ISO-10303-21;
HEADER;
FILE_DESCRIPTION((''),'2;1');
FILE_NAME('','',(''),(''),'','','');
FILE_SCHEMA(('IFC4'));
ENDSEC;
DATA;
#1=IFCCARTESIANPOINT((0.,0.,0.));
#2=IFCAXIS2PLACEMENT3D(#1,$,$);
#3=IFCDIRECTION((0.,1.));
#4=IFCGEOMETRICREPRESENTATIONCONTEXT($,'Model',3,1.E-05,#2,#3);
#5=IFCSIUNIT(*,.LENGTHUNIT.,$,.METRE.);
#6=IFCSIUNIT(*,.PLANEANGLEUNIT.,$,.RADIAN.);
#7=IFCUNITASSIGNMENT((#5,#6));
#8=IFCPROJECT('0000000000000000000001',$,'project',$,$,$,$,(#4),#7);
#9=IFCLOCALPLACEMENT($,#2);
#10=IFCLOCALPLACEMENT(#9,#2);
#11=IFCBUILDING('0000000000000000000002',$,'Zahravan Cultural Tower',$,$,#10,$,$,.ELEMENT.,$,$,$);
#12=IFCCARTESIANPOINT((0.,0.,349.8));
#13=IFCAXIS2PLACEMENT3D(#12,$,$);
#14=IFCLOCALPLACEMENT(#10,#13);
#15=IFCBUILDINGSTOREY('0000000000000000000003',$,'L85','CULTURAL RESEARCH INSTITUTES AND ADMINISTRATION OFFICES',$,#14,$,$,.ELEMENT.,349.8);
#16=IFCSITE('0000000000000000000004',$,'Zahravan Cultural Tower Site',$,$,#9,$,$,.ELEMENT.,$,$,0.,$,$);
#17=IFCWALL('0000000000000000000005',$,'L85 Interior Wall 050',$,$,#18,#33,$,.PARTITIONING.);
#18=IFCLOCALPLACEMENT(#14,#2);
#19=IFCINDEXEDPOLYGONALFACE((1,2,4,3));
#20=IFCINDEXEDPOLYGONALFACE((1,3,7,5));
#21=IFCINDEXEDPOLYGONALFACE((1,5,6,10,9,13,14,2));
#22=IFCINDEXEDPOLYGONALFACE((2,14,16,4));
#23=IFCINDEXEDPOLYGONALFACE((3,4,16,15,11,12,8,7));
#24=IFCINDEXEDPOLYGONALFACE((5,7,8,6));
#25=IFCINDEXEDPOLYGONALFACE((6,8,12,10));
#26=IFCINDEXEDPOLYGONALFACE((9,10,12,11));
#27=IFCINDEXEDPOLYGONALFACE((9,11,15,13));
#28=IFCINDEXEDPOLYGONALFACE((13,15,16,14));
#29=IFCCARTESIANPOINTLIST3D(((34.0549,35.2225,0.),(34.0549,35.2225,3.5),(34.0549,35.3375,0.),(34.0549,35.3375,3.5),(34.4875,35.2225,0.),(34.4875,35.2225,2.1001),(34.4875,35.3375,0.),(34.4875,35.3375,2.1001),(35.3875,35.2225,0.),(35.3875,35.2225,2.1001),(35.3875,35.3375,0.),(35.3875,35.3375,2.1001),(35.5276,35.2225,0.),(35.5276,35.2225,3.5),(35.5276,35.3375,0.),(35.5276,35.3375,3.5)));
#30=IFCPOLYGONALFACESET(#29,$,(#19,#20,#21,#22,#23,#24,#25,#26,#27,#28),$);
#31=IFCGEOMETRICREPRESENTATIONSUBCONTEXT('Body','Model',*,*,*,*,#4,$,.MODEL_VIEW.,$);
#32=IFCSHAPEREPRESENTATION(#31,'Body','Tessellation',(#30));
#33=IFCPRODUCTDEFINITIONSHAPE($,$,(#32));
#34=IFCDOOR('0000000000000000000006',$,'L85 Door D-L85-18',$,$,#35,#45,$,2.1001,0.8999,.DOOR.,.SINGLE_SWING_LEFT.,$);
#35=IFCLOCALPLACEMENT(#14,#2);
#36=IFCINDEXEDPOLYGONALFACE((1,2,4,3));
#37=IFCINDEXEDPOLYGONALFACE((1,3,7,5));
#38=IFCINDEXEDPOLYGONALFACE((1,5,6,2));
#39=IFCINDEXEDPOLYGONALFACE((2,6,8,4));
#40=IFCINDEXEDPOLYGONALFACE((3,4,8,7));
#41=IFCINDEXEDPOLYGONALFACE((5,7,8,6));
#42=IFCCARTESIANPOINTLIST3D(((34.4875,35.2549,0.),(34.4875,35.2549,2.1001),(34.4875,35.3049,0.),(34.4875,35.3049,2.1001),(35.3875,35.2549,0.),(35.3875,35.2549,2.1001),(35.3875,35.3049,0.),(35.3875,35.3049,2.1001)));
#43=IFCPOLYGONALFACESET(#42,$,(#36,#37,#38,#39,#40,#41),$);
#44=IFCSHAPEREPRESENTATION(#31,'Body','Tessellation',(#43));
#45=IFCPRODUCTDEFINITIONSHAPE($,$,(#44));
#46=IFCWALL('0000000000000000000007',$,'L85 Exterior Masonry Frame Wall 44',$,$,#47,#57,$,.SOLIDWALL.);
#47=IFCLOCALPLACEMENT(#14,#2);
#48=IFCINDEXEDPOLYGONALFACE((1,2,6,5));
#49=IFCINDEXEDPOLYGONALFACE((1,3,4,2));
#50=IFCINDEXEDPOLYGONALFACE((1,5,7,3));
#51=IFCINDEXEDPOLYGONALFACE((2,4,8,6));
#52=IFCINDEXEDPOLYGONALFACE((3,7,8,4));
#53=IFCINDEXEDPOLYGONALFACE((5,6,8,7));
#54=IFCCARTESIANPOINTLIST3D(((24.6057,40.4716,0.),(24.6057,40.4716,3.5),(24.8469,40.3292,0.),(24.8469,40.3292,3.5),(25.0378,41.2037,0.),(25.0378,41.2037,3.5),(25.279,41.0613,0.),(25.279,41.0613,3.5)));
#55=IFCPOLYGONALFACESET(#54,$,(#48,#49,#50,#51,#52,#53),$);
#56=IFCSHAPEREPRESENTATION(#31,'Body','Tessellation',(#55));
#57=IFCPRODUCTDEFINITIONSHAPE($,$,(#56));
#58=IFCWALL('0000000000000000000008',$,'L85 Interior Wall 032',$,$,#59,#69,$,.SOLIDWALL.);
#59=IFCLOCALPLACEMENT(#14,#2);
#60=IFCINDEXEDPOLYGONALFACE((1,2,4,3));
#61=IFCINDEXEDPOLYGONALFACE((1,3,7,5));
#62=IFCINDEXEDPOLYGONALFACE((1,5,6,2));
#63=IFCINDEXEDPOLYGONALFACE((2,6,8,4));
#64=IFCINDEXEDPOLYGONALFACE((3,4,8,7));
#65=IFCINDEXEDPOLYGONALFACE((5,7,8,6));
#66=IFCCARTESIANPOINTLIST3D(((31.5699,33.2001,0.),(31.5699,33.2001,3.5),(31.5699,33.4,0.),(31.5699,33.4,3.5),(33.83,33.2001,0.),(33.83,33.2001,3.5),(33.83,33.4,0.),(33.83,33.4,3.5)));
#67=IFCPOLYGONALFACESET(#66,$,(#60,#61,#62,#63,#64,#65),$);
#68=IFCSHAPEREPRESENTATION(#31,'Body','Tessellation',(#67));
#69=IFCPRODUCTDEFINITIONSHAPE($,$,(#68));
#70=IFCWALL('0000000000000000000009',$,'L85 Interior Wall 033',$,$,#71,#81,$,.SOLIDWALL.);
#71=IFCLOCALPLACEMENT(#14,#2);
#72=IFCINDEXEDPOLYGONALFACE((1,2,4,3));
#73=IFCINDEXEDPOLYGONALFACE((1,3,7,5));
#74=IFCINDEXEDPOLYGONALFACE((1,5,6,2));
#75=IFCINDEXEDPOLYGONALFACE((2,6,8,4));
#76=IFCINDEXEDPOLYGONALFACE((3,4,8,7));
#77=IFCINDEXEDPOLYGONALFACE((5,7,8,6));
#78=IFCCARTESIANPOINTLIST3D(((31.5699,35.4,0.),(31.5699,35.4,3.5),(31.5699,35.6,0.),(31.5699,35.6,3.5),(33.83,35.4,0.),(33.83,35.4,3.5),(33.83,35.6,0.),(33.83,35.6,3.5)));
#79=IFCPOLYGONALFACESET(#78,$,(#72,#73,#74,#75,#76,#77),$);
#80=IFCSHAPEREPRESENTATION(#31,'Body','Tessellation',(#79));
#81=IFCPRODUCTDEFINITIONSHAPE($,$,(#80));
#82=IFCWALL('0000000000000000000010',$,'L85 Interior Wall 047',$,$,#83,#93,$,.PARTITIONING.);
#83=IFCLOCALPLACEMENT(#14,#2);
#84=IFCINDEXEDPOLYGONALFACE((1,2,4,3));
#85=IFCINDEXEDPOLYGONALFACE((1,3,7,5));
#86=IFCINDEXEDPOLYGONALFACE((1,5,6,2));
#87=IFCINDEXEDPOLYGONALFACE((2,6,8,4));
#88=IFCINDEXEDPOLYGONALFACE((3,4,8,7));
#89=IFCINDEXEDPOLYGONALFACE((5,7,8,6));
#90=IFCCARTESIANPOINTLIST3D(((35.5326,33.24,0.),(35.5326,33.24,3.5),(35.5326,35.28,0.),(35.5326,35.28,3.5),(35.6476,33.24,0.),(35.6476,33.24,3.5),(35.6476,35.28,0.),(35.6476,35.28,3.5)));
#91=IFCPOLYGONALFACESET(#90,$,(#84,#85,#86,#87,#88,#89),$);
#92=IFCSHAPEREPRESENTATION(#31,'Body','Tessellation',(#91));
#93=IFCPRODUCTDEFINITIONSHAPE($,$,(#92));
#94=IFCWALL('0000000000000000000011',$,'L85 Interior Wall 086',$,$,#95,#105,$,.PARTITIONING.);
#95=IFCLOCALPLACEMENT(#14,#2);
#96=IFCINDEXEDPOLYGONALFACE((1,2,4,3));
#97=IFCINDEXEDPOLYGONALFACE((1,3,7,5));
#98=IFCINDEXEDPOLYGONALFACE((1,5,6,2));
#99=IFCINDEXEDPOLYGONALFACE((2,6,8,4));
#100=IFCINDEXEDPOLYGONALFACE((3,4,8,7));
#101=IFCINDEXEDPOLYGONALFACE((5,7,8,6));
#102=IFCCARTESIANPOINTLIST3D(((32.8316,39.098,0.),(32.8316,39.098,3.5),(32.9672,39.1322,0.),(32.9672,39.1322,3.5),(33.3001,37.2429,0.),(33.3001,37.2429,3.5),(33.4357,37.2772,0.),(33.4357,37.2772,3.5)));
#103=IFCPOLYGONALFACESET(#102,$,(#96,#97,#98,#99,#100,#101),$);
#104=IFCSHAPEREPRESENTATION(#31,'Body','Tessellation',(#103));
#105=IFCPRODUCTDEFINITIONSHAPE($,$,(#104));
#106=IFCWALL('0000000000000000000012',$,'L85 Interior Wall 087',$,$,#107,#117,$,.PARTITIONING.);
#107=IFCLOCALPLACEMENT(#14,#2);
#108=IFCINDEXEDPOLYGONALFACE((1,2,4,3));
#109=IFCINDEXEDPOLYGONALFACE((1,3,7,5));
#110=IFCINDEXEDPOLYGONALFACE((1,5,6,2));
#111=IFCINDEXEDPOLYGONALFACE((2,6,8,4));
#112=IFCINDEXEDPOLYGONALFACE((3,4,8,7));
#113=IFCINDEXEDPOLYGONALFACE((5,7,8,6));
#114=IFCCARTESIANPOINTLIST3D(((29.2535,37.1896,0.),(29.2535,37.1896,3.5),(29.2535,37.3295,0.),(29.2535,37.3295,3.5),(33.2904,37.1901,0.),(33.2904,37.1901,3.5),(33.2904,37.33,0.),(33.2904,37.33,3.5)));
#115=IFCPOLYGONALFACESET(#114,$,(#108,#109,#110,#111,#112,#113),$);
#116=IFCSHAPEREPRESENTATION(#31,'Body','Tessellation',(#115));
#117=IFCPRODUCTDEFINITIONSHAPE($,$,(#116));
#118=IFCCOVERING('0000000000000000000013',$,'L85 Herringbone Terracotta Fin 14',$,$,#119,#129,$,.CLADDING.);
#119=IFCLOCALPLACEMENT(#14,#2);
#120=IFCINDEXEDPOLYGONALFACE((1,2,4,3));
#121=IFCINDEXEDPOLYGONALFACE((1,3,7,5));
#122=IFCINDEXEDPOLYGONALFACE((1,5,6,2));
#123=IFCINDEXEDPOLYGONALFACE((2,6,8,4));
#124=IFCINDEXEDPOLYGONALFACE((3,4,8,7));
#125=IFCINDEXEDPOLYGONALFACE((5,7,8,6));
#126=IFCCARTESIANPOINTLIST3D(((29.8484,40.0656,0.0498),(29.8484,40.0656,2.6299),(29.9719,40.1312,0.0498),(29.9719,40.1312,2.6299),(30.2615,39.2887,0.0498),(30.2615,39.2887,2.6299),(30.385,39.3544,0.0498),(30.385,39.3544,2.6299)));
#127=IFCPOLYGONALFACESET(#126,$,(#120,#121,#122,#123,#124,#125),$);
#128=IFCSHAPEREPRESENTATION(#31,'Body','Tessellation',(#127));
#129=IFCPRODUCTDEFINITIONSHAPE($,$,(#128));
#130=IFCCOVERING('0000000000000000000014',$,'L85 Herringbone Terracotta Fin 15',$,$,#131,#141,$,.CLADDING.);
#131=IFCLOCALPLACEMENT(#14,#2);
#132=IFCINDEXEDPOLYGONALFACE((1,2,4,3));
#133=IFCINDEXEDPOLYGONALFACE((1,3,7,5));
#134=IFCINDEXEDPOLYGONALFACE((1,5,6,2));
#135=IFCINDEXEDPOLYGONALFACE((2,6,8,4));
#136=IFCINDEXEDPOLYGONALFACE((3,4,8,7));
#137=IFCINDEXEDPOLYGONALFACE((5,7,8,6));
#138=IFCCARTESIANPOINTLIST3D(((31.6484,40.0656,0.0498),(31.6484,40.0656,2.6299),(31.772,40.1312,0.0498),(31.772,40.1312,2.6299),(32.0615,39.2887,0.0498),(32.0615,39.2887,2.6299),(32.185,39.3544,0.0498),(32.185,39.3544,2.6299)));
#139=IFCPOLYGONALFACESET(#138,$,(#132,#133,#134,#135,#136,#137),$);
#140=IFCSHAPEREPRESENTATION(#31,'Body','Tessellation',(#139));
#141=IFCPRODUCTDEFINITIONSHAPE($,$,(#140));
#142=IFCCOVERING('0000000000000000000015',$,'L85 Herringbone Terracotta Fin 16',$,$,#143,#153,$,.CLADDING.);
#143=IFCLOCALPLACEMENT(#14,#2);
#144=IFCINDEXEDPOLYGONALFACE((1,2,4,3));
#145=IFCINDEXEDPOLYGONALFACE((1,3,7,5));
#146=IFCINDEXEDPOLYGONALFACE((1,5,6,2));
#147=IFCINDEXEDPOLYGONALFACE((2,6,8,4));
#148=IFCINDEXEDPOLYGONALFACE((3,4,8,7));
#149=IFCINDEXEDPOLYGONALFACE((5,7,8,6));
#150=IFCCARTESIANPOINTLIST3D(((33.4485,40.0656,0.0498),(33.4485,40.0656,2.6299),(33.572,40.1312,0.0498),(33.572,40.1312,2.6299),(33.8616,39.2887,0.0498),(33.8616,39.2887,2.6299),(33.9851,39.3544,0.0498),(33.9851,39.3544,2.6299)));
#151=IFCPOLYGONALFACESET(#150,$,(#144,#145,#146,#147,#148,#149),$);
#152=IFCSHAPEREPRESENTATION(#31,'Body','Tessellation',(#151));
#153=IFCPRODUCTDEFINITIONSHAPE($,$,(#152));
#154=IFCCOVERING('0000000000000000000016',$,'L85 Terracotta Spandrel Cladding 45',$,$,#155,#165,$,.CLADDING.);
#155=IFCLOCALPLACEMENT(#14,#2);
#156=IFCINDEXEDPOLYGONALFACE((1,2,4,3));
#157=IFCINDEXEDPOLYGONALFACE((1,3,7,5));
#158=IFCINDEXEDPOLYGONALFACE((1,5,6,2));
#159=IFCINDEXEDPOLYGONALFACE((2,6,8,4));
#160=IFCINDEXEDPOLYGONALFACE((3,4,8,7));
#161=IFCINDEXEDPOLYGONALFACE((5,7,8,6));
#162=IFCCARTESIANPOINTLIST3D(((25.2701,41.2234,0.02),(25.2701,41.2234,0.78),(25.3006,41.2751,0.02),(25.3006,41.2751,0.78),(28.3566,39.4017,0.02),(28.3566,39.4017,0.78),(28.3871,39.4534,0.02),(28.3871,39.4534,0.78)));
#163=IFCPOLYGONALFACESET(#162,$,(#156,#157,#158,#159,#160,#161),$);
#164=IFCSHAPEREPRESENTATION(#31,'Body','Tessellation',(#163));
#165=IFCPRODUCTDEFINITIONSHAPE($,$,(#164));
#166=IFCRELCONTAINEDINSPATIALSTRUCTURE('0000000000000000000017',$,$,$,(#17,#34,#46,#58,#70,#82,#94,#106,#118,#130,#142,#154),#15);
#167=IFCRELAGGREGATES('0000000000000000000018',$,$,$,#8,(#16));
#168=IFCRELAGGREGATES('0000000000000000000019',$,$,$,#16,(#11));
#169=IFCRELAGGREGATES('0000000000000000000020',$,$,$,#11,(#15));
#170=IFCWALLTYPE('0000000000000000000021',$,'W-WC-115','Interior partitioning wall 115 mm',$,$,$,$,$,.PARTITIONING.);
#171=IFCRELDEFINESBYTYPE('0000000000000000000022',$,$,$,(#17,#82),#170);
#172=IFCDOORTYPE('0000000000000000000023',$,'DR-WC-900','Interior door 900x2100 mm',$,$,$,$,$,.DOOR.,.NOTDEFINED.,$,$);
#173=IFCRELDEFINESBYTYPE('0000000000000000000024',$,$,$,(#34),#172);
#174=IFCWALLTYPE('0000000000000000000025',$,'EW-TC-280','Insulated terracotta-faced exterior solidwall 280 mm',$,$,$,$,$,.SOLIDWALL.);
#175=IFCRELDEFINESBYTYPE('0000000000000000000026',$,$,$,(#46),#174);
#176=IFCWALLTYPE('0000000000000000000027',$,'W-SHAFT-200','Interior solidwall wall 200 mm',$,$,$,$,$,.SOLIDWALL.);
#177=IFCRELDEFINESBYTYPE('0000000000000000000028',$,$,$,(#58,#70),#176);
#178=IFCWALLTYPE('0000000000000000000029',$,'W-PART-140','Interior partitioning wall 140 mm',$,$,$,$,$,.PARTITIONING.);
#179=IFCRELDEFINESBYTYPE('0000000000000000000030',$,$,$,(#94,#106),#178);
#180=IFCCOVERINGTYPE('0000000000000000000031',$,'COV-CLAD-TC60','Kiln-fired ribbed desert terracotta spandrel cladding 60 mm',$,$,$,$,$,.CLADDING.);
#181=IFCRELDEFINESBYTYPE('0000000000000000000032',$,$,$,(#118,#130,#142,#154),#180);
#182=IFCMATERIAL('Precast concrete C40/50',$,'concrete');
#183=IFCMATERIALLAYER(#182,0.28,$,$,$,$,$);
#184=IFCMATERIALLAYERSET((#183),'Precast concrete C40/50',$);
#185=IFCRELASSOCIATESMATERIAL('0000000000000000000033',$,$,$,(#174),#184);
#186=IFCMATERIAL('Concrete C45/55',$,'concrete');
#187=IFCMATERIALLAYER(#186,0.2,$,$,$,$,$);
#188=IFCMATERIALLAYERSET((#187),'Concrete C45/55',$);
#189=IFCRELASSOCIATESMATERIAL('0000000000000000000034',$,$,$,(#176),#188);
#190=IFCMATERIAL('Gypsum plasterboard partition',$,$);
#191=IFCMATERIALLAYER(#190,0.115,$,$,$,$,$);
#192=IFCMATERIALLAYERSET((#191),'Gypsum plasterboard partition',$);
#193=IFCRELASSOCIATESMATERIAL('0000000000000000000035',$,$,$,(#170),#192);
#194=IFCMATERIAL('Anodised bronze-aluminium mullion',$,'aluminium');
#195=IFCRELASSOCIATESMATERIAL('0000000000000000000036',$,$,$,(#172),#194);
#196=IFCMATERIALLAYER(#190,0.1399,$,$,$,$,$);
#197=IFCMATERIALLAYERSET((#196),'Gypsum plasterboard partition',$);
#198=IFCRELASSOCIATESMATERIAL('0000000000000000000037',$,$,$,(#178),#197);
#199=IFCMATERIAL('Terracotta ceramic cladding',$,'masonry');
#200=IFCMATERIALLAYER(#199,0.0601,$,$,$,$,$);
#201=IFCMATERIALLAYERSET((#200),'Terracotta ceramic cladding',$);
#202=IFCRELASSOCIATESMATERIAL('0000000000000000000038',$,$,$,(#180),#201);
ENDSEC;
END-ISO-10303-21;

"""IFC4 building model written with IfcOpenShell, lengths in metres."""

from ifc_helpers import new_model, si_unit, direction, frame, frame_2d, origin, origin_2d, place, context, subcontext, project, spatial, rectangle, extrude, source, transform, mapped, material, layer, layer_set, type_object, element, fill, save


model = new_model("IFC4")

# Units and contexts
model_context = context("Model", 3, precision=1e-05, world=origin(), true_north=direction((0.0, 1.0)))
body_context = subcontext(model_context, "Body", "Model", "MODEL_VIEW")
ifc_project = project(units=[si_unit("LENGTHUNIT", "METRE"), si_unit("PLANEANGLEUNIT", "RADIAN")], contexts=[model_context])

# Site, building, storey
site_placement = place(None, origin())
site = spatial("IfcSite", under=ifc_project, at=site_placement, Name="Zahravan Cultural Tower Site", CompositionType="ELEMENT", RefElevation=0.0)
building_placement = place(site_placement, origin())
building = spatial("IfcBuilding", under=site, at=building_placement, Name="Zahravan Cultural Tower", CompositionType="ELEMENT")
storey_placement = place(building_placement, frame((0.0, 0.0, 349.8)))
storey = spatial("IfcBuildingStorey", under=building, at=storey_placement, Name="L85", Description="CULTURAL RESEARCH INSTITUTES AND ADMINISTRATION OFFICES", CompositionType="ELEMENT", Elevation=349.8)

# Shared definitions
ifc_material_1 = material(Name="Precast concrete C40/50", Category="concrete")
ifc_layer_1 = layer(ifc_material_1, 0.28)
ifc_layer_set_1 = layer_set([ifc_layer_1], Name="Precast concrete C40/50")
wall_type_1 = type_object("IfcWallType", Name="EW-TC-280", Description="Insulated terracotta-faced exterior solidwall 280 mm", PredefinedType="SOLIDWALL", material=ifc_layer_set_1)

# Wall, opening, door
ifc_material_2 = material(Name="Concrete C45/55", Category="concrete")
ifc_layer_2 = layer(ifc_material_2, 0.2)
ifc_layer_set_2 = layer_set([ifc_layer_2], Name="Concrete C45/55")
wall_type_2 = type_object("IfcWallType", Name="W-SHAFT-200", Description="Interior solidwall wall 200 mm", PredefinedType="SOLIDWALL", material=ifc_layer_set_2)
ifc_material_3 = material(Name="Gypsum plasterboard partition")
ifc_layer_3 = layer(ifc_material_3, 0.115)
ifc_layer_set_3 = layer_set([ifc_layer_3], Name="Gypsum plasterboard partition")
wall_type_3 = type_object("IfcWallType", Name="W-WC-115", Description="Interior partitioning wall 115 mm", PredefinedType="PARTITIONING", material=ifc_layer_set_3)
ifc_material_4 = material(Name="Anodised bronze-aluminium mullion", Category="aluminium")
door_type_1 = type_object("IfcDoorType", Name="DR-WC-900", Description="Interior door 900x2100 mm", OperationType="NOTDEFINED", PredefinedType="DOOR", material=ifc_material_4)
shared_shape_1 = source(origin(), body_context, "Body", "SweptSolid", [
    extrude(rectangle(XDim=0.8999, YDim=2.1001, at=frame_2d((0.45, 1.05))), frame((0.0, 0.0249, 0.0), z_axis=(0.0, -1.0, 0.0), x_axis=(1.0, 0.0, 0.0)), (0.0, 0.0, 1.0), 0.05),
])
wall_1_placement = place(storey_placement, frame((34.0549, 35.28, 0.0), z_axis=(0.0, 0.0, 1.0), x_axis=(1.0, 0.0, 0.0)))
wall_1 = element("IfcWall", 1, at=wall_1_placement, inside=storey, type_object=wall_type_3, Name="L85 Interior Wall 050", PredefinedType="PARTITIONING", context=body_context, shape_type="SweptSolid", body=[
    extrude(rectangle(XDim=1.4727, YDim=0.115, at=frame_2d((0.7363, 0.0))), origin(), (0.0, 0.0, 1.0), 3.5),
])
opening_1_placement = place(wall_1_placement, frame((0.4326, 0.0, 0.0)))
opening_1 = element("IfcOpeningElement", 2, at=opening_1_placement, cuts=wall_1, PredefinedType="OPENING", context=body_context, shape_type="SweptSolid", body=[
    extrude(rectangle(XDim=0.8999, YDim=2.1001, at=frame_2d((0.45, 1.05))), frame((0.0, 0.0674, 0.0), z_axis=(0.0, -1.0, 0.0), x_axis=(1.0, 0.0, 0.0)), (0.0, 0.0, 1.0), 0.135),
])
door_1_placement = place(opening_1_placement, origin())
door_1 = element("IfcDoor", 3, at=door_1_placement, inside=storey, type_object=door_type_1, Name="L85 Door D-L85-18", OperationType="SINGLE_SWING_LEFT", OverallHeight=2.1001, OverallWidth=0.8999, PredefinedType="DOOR", context=body_context, shape_type="MappedRepresentation", body=[
    mapped(shared_shape_1, transform((0.0, 0.0, 0.0), x_axis=(1.0, 0.0, 0.0), y_axis=(0.0, 1.0, 0.0), z_axis=(0.0, 0.0, 1.0), scale=1.0)),
])
fill(opening_1, door_1)

# Walls
shared_shape_2 = source(origin(), body_context, "Body", "SweptSolid", [
    extrude(rectangle(XDim=0.8501, YDim=0.28, at=frame_2d((0.425, 0.0))), origin(), (0.0, 0.0, 1.0), 3.5),
])
wall_2_placement = place(storey_placement, frame((24.7263, 40.4004, 0.0), z_axis=(0.0, 0.0, 1.0), x_axis=(0.508275, 0.861195, 0.0)))
element("IfcWall", 4, at=wall_2_placement, inside=storey, type_object=wall_type_1, Name="L85 Exterior Masonry Frame Wall 44", PredefinedType="SOLIDWALL", context=body_context, shape_type="MappedRepresentation", body=[
    mapped(shared_shape_2, transform((0.0, 0.0, 0.0), x_axis=(1.0, 0.0, 0.0), y_axis=(0.0, 1.0, 0.0), z_axis=(0.0, 0.0, 1.0), scale=1.0)),
])
shared_shape_3 = source(origin(), body_context, "Body", "SweptSolid", [
    extrude(rectangle(XDim=2.26, YDim=0.2, at=frame_2d((1.1299, 0.0))), origin(), (0.0, 0.0, 1.0), 3.5),
])
for number, where, z_axis, x_axis, name in (
    (5, (31.5701, 33.3, 0.0), (0.0, 0.0, 1.0), (1.0, 0.0, 0.0), "L85 Interior Wall 032"),
    (6, (31.5701, 35.5, 0.0), (0.0, 0.0, 1.0), (1.0, 0.0, 0.0), "L85 Interior Wall 033"),
):
    element("IfcWall", number, at=place(storey_placement, frame(where, z_axis=z_axis, x_axis=x_axis)), inside=storey, type_object=wall_type_2, Name=name, PredefinedType="SOLIDWALL", context=body_context, shape_type="MappedRepresentation", body=[
        mapped(shared_shape_3, transform((0.0, 0.0, 0.0), x_axis=(1.0, 0.0, 0.0), y_axis=(0.0, 1.0, 0.0), z_axis=(0.0, 0.0, 1.0), scale=1.0)),
    ])
shared_shape_4 = source(origin(), body_context, "Body", "SweptSolid", [
    extrude(rectangle(XDim=2.04, YDim=0.115, at=frame_2d((1.02, 0.0))), origin(), (0.0, 0.0, 1.0), 3.5),
])
wall_3_placement = place(storey_placement, frame((35.5901, 33.24, 0.0), z_axis=(0.0, 0.0, 1.0), x_axis=(0.0, 1.0, 0.0)))
element("IfcWall", 7, at=wall_3_placement, inside=storey, type_object=wall_type_3, Name="L85 Interior Wall 047", PredefinedType="PARTITIONING", context=body_context, shape_type="MappedRepresentation", body=[
    mapped(shared_shape_4, transform((0.0, 0.0, 0.0), x_axis=(1.0, 0.0, 0.0), y_axis=(0.0, 1.0, 0.0), z_axis=(0.0, 0.0, 1.0), scale=1.0)),
])
ifc_layer_4 = layer(ifc_material_3, 0.1399)
ifc_layer_set_4 = layer_set([ifc_layer_4], Name="Gypsum plasterboard partition")
wall_type_4 = type_object("IfcWallType", Name="W-PART-140", Description="Interior partitioning wall 140 mm", PredefinedType="PARTITIONING", material=ifc_layer_set_4)
shared_shape_5 = source(origin(), body_context, "Body", "SweptSolid", [
    extrude(rectangle(XDim=1.9133, YDim=0.1399, at=frame_2d((0.9565, 0.0))), origin(), (0.0, 0.0, 1.0), 3.5),
])
wall_4_placement = place(storey_placement, frame((32.8994, 39.115, 0.0), z_axis=(0.0, 0.0, 1.0), x_axis=(0.244877, -0.969554, 0.0)))
element("IfcWall", 8, at=wall_4_placement, inside=storey, type_object=wall_type_4, Name="L85 Interior Wall 086", PredefinedType="PARTITIONING", context=body_context, shape_type="MappedRepresentation", body=[
    mapped(shared_shape_5, transform((0.0, 0.0, 0.0), x_axis=(1.0, 0.0, 0.0), y_axis=(0.0, 1.0, 0.0), z_axis=(0.0, 0.0, 1.0), scale=1.0)),
])
shared_shape_6 = source(origin(), body_context, "Body", "SweptSolid", [
    extrude(rectangle(XDim=4.0369, YDim=0.1399, at=frame_2d((2.0186, 0.0))), origin(), (0.0, 0.0, 1.0), 3.5),
])
wall_5_placement = place(storey_placement, frame((33.2905, 37.26, 0.0), z_axis=(0.0, 0.0, 1.0), x_axis=(-1.0, -0.000121, 0.0)))
element("IfcWall", 9, at=wall_5_placement, inside=storey, type_object=wall_type_4, Name="L85 Interior Wall 087", PredefinedType="PARTITIONING", context=body_context, shape_type="MappedRepresentation", body=[
    mapped(shared_shape_6, transform((0.0, 0.0, 0.0), x_axis=(1.0, 0.0, 0.0), y_axis=(0.0, 1.0, 0.0), z_axis=(0.0, 0.0, 1.0), scale=1.0)),
])

# Coverings
ifc_material_5 = material(Name="Terracotta ceramic cladding", Category="masonry")
ifc_layer_5 = layer(ifc_material_5, 0.0601)
ifc_layer_set_5 = layer_set([ifc_layer_5], Name="Terracotta ceramic cladding")
covering_type = type_object("IfcCoveringType", Name="COV-CLAD-TC60", Description="Kiln-fired ribbed desert terracotta spandrel cladding 60 mm", PredefinedType="CLADDING", material=ifc_layer_set_5)
shared_shape_7 = source(origin(), body_context, "Body", "SweptSolid", [
    extrude(rectangle(XDim=0.8799, YDim=0.1399, at=origin_2d()), origin(), (0.0, 0.0, 1.0), 2.5801),
])
for number, where, z_axis, x_axis, name in (
    (10, (30.1167, 39.71, 0.0498), (0.0, 0.0, 1.0), (-0.469472, 0.882948, 0.0), "L85 Herringbone Terracotta Fin 14"),
    (11, (31.9167, 39.71, 0.0498), (0.0, 0.0, 1.0), (-0.469472, 0.882948, 0.0), "L85 Herringbone Terracotta Fin 15"),
    (12, (33.7168, 39.71, 0.0498), (0.0, 0.0, 1.0), (-0.469472, 0.882948, 0.0), "L85 Herringbone Terracotta Fin 16"),
):
    element("IfcCovering", number, at=place(storey_placement, frame(where, z_axis=z_axis, x_axis=x_axis)), inside=storey, type_object=covering_type, Name=name, PredefinedType="CLADDING", context=body_context, shape_type="MappedRepresentation", body=[
        mapped(shared_shape_7, transform((0.0, 0.0, 0.0), x_axis=(1.0, 0.0, 0.0), y_axis=(0.0, 1.0, 0.0), z_axis=(0.0, 0.0, 1.0), scale=1.0)),
    ])
shared_shape_8 = source(origin(), body_context, "Body", "SweptSolid", [
    extrude(rectangle(XDim=3.584, YDim=0.0601, at=origin_2d()), origin(), (0.0, 0.0, 1.0), 0.76),
])
covering_1_placement = place(storey_placement, frame((26.8286, 40.3384, 0.02), z_axis=(0.0, 0.0, 1.0), x_axis=(0.861186, -0.50829, 0.0)))
element("IfcCovering", 13, at=covering_1_placement, inside=storey, type_object=covering_type, Name="L85 Terracotta Spandrel Cladding 45", PredefinedType="CLADDING", context=body_context, shape_type="MappedRepresentation", body=[
    mapped(shared_shape_8, transform((0.0, 0.0, 0.0), x_axis=(1.0, 0.0, 0.0), y_axis=(0.0, 1.0, 0.0), z_axis=(0.0, 0.0, 1.0), scale=1.0)),
])

save(model, "model.ifc")
